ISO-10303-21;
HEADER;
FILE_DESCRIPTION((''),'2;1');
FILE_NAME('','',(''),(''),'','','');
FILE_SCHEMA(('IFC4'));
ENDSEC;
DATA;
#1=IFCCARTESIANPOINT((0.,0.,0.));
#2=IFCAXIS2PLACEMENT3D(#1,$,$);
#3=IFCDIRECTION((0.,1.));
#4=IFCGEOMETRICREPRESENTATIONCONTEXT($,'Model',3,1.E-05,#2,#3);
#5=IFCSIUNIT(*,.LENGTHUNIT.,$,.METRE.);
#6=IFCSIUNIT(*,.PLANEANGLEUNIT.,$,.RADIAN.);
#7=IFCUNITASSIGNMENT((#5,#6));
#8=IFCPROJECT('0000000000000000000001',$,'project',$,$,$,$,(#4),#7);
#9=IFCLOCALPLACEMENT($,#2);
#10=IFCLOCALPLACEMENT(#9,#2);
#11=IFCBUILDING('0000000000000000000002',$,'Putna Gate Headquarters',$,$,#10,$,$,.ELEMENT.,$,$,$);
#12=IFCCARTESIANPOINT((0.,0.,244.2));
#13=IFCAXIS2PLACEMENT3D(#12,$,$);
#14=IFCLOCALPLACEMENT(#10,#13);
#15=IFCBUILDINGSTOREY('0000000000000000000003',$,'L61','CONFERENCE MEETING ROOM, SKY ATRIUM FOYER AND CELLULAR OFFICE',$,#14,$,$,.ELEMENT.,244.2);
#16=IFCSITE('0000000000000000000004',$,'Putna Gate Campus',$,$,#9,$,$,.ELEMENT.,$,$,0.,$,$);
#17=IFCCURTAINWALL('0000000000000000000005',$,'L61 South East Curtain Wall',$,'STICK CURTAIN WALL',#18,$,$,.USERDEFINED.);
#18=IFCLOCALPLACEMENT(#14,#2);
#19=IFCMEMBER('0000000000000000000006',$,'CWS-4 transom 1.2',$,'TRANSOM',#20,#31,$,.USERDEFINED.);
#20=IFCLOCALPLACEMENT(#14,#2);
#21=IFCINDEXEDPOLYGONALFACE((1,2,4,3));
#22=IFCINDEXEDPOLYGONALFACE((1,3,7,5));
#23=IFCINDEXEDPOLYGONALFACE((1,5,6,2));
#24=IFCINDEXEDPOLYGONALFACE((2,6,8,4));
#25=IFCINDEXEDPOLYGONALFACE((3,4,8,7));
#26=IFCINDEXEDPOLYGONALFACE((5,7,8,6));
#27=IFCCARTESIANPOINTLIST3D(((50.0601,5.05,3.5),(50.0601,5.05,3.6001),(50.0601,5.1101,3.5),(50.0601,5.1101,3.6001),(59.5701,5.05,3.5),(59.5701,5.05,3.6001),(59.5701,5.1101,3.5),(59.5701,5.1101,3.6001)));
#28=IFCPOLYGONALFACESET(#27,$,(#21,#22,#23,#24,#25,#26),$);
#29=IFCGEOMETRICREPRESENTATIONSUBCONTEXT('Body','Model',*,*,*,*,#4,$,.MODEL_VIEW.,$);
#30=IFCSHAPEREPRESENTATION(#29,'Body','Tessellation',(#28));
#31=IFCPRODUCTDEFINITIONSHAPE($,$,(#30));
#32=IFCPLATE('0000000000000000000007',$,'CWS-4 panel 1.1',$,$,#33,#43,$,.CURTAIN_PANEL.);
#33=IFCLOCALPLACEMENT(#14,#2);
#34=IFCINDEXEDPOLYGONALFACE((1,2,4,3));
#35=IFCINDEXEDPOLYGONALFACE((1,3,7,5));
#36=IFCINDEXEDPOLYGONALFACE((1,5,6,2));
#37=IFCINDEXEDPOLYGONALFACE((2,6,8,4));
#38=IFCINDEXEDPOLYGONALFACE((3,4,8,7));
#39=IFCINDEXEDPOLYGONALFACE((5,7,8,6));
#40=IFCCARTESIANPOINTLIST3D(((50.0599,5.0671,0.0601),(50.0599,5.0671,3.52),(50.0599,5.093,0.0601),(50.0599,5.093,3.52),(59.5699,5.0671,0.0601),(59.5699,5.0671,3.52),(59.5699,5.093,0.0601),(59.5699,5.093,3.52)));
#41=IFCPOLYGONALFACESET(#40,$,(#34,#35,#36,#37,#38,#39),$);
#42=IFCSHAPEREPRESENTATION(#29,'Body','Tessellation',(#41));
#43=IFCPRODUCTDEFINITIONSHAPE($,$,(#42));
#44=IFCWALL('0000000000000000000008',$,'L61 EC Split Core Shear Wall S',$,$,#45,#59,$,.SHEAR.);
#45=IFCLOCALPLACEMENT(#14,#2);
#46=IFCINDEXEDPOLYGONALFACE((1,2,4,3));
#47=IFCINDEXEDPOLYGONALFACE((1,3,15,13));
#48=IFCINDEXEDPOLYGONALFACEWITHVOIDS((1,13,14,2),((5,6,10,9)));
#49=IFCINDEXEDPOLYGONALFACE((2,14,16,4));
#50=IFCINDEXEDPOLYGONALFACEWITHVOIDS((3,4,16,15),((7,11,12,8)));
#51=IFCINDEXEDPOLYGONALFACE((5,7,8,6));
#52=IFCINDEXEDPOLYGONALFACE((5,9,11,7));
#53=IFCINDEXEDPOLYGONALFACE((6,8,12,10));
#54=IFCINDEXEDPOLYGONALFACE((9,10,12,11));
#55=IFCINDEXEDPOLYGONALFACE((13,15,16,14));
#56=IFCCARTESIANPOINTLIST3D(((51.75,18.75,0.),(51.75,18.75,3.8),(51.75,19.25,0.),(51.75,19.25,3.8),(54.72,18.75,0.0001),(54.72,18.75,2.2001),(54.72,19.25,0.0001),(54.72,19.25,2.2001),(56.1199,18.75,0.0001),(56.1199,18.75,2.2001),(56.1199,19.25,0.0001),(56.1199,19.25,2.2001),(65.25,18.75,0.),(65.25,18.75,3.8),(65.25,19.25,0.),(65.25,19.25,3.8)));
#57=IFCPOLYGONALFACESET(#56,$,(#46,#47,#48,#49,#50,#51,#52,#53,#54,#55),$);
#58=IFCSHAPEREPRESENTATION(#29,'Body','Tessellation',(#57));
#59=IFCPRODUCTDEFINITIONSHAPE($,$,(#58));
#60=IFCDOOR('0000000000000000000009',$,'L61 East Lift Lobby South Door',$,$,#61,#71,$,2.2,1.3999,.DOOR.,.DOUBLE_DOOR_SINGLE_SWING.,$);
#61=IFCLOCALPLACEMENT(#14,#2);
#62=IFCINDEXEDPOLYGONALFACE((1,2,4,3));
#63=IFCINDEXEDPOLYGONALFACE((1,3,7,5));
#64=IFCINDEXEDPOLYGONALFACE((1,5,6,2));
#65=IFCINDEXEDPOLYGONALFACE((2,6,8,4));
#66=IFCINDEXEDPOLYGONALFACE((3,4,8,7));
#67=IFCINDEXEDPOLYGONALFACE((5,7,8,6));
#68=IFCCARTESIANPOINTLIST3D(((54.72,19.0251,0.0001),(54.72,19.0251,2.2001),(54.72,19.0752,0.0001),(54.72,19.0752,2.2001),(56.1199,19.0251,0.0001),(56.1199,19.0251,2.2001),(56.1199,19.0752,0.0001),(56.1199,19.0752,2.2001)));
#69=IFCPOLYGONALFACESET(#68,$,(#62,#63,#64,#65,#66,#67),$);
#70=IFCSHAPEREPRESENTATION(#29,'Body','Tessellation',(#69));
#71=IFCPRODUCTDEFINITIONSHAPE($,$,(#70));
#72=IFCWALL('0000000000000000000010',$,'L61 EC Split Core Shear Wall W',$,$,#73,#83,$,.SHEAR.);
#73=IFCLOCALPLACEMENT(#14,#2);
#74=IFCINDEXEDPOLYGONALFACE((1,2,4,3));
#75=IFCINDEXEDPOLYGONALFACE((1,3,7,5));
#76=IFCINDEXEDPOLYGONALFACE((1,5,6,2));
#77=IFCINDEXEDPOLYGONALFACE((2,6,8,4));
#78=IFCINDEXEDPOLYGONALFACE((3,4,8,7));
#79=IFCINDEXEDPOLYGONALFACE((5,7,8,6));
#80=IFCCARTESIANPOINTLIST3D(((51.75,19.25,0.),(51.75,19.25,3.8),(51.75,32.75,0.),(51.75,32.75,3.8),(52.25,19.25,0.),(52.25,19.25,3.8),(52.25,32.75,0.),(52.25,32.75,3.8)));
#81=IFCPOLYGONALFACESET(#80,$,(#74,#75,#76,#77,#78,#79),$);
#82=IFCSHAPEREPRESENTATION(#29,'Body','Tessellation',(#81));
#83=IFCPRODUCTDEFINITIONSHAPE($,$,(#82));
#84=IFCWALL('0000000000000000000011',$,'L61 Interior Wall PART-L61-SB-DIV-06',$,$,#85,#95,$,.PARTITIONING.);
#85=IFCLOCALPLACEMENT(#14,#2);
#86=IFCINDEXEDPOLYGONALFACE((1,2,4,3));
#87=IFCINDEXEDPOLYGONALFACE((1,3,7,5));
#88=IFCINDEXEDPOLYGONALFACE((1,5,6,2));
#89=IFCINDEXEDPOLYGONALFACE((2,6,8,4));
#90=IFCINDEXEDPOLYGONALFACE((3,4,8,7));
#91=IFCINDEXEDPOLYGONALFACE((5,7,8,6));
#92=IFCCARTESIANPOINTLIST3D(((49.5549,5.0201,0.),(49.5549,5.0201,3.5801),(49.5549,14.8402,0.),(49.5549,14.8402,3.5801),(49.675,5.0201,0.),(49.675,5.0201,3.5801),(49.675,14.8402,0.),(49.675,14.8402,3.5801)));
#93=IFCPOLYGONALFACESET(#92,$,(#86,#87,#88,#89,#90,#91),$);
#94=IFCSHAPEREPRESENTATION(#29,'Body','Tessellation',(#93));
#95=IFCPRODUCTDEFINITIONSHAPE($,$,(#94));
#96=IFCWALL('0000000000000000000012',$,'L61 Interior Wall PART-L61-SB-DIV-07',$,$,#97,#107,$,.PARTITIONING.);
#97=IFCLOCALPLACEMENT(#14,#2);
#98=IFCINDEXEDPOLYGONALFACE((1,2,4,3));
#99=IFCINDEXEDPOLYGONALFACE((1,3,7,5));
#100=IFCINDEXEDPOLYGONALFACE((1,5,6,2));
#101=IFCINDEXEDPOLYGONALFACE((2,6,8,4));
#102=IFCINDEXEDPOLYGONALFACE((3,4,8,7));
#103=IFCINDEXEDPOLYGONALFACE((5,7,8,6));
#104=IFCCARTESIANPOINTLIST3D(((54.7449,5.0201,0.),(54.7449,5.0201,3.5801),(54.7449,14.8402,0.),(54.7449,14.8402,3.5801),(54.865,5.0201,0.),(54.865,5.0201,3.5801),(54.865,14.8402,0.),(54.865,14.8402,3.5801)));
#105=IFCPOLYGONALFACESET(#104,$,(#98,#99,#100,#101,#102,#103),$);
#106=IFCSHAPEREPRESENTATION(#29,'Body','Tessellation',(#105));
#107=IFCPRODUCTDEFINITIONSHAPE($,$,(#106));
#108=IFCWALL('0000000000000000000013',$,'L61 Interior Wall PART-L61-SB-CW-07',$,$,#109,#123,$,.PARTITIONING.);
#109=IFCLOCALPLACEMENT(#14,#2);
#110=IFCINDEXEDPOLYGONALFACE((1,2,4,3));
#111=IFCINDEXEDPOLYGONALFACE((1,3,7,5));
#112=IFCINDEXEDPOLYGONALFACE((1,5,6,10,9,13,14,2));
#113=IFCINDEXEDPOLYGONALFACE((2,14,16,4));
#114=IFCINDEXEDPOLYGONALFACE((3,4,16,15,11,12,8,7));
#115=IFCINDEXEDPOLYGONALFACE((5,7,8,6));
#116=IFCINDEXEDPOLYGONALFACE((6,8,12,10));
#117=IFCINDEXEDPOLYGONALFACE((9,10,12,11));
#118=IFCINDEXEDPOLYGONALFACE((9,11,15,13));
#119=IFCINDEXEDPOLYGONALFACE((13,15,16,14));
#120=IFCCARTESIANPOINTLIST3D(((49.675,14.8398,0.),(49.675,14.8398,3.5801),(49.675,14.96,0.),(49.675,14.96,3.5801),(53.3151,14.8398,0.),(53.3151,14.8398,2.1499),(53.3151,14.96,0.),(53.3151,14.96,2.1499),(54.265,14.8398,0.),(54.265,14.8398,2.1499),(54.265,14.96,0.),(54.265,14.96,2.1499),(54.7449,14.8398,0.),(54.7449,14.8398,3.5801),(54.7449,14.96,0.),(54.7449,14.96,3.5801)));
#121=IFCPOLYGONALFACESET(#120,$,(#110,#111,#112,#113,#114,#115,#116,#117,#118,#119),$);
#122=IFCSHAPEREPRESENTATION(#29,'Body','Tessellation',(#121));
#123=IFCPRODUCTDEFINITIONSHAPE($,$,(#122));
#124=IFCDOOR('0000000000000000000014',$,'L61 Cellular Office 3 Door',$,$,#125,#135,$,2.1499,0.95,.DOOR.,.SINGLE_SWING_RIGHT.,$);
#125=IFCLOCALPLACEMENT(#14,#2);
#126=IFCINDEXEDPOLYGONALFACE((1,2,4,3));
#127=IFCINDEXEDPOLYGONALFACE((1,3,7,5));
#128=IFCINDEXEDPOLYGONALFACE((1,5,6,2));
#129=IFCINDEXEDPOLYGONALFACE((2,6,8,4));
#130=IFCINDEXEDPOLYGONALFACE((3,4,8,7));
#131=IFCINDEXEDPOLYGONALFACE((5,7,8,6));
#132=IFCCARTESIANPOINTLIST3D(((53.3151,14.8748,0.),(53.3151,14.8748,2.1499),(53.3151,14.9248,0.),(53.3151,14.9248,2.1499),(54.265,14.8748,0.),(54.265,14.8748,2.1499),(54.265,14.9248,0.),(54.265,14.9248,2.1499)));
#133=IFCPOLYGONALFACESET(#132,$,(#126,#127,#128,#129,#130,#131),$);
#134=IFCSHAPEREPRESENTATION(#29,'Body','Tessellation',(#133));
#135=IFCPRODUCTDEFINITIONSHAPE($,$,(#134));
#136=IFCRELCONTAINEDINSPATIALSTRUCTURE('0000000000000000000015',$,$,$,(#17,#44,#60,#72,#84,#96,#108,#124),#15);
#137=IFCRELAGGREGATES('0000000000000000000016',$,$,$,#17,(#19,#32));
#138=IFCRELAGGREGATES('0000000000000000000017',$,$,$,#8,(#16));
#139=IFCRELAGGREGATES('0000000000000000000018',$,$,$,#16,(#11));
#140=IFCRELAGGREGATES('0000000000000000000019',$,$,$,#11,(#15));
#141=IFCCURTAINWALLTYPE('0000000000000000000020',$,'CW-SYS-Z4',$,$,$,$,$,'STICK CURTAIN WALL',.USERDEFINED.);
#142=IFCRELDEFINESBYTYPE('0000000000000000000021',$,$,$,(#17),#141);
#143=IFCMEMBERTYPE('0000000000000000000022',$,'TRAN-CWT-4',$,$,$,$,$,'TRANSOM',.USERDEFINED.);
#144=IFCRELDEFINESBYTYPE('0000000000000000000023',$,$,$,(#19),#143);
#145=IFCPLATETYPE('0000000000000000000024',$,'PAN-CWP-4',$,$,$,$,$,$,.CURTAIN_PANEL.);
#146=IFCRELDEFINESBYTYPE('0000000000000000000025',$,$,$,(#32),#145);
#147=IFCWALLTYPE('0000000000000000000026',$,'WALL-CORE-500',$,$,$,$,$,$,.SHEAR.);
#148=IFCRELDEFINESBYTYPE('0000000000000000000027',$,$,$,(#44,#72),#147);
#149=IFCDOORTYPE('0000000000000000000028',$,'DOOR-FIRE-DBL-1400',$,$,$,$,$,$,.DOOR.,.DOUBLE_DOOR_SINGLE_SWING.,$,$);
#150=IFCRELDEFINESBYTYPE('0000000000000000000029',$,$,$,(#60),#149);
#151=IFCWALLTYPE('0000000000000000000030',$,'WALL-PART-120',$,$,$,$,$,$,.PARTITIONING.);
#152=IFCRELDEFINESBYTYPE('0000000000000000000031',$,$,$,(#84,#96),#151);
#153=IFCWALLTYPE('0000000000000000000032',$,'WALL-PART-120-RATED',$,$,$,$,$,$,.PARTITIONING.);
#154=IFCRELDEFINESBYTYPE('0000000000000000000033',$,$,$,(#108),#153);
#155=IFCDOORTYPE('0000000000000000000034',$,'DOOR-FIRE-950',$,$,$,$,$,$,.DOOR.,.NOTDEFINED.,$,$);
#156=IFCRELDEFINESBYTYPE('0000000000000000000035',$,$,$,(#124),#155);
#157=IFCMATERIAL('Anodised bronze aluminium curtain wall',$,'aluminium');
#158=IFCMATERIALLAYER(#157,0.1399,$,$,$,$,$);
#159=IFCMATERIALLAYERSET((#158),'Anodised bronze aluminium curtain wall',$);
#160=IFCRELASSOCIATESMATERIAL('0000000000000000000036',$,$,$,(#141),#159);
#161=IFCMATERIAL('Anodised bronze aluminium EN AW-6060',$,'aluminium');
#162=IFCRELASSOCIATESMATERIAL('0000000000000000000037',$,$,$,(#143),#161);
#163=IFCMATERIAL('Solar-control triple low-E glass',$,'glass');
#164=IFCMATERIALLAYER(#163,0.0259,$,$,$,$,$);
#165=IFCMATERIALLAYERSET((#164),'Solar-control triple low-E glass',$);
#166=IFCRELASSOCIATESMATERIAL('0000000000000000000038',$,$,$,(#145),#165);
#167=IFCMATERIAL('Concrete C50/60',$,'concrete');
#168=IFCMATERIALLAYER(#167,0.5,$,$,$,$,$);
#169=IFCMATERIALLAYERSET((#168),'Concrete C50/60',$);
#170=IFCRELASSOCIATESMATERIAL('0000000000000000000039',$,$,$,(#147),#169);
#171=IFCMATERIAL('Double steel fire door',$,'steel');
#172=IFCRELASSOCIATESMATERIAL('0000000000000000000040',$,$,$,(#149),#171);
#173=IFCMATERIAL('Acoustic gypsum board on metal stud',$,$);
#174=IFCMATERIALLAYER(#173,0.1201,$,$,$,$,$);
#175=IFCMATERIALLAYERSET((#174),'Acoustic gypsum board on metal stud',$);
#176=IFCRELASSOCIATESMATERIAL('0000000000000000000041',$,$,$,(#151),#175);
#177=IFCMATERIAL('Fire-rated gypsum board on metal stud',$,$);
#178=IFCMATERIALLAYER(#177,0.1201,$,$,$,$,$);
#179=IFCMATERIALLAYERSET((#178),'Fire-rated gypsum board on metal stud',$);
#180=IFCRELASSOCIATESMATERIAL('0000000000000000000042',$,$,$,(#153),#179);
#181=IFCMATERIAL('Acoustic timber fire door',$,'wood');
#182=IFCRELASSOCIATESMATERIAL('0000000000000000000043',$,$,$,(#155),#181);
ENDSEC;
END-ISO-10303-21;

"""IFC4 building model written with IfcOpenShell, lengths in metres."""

from ifc_helpers import new_model, si_unit, direction, frame, frame_2d, origin, origin_2d, place, context, subcontext, project, spatial, rectangle, extrude, material, layer, layer_set, material_profile, profile_set, type_object, element, fill, aggregate, save


model = new_model("IFC4")

# Units and contexts
model_context = context("Model", 3, precision=1e-05, world=origin(), true_north=direction((0.0, 1.0)))
body_context = subcontext(model_context, "Body", "Model", "MODEL_VIEW")
ifc_project = project(units=[si_unit("LENGTHUNIT", "METRE"), si_unit("PLANEANGLEUNIT", "RADIAN")], contexts=[model_context])

# Site, building, storey
site_placement = place(None, origin())
site = spatial("IfcSite", under=ifc_project, at=site_placement, Name="Putna Gate Campus", CompositionType="ELEMENT", RefElevation=0.0)
building_placement = place(site_placement, origin())
building = spatial("IfcBuilding", under=site, at=building_placement, Name="Putna Gate Headquarters", CompositionType="ELEMENT")
storey_placement = place(building_placement, frame((0.0, 0.0, 244.2)))
storey = spatial("IfcBuildingStorey", under=building, at=storey_placement, Name="L61", Description="CONFERENCE MEETING ROOM, SKY ATRIUM FOYER AND CELLULAR OFFICE", CompositionType="ELEMENT", Elevation=244.2)

# Curtain wall
ifc_material_1 = material(Name="Anodised bronze aluminium curtain wall", Category="aluminium")
ifc_layer_1 = layer(ifc_material_1, 0.1399)
ifc_layer_set_1 = layer_set([ifc_layer_1], Name="Anodised bronze aluminium curtain wall")
curtain_wall_type_1 = type_object("IfcCurtainWallType", Name="CW-SYS-Z4", ElementType="STICK CURTAIN WALL", PredefinedType="USERDEFINED", material=ifc_layer_set_1)
curtain_wall_1_placement = place(storey_placement, origin())
curtain_wall_1 = element("IfcCurtainWall", 1, at=curtain_wall_1_placement, inside=storey, type_object=curtain_wall_type_1, Name="L61 South East Curtain Wall", ObjectType="STICK CURTAIN WALL", PredefinedType="USERDEFINED")
ifc_material_2 = material(Name="Anodised bronze aluminium EN AW-6060", Category="aluminium")

# Member
ifc_material_profile_1 = material_profile(ifc_material_2, rectangle(XDim=0.0601, YDim=0.1001, at=origin_2d()), Name="Anodised bronze aluminium EN AW-6060")
ifc_profile_set_1 = profile_set([ifc_material_profile_1], Name="Anodised bronze aluminium EN AW-6060")
member_type_1 = type_object("IfcMemberType", Name="TRAN-CWT-4", ElementType="TRANSOM", PredefinedType="USERDEFINED", material=ifc_profile_set_1)
member_1_placement = place(storey_placement, frame((50.0601, 5.0801, 3.55), z_axis=(1.0, 0.0, 0.0), x_axis=(0.0, 1.0, 0.0)))
member_1 = element("IfcMember", 2, at=member_1_placement, type_object=member_type_1, Name="CWS-4 transom 1.2", ObjectType="TRANSOM", PredefinedType="USERDEFINED", context=body_context, shape_type="SweptSolid", body=[
    extrude(rectangle(XDim=0.0601, YDim=0.1001, at=origin_2d()), origin(), (0.0, 0.0, 1.0), 9.51),
])

# Plate
ifc_material_3 = material(Name="Solar-control triple low-E glass", Category="glass")
ifc_layer_2 = layer(ifc_material_3, 0.0259)
ifc_layer_set_2 = layer_set([ifc_layer_2], Name="Solar-control triple low-E glass")
plate_type = type_object("IfcPlateType", Name="PAN-CWP-4", PredefinedType="CURTAIN_PANEL", material=ifc_layer_set_2)
plate_placement = place(storey_placement, frame((54.8149, 5.0801, 0.0601), z_axis=(0.0, 0.0, 1.0), x_axis=(1.0, 0.0, 0.0)))
plate = element("IfcPlate", 3, at=plate_placement, type_object=plate_type, Name="CWS-4 panel 1.1", PredefinedType="CURTAIN_PANEL", context=body_context, shape_type="SweptSolid", body=[
    extrude(rectangle(XDim=9.51, YDim=0.0259, at=origin_2d()), origin(), (0.0, 0.0, 1.0), 3.46),
])
aggregate(curtain_wall_1, [member_1, plate])

# Wall, opening, door
ifc_material_4 = material(Name="Concrete C50/60", Category="concrete")
ifc_layer_3 = layer(ifc_material_4, 0.5)
ifc_layer_set_3 = layer_set([ifc_layer_3], Name="Concrete C50/60")
wall_type_1 = type_object("IfcWallType", Name="WALL-CORE-500", PredefinedType="SHEAR", material=ifc_layer_set_3)
wall_1_placement = place(storey_placement, frame((51.75, 19.0, 0.0), z_axis=(0.0, 0.0, 1.0), x_axis=(1.0, 0.0, 0.0)))
wall_1 = element("IfcWall", 4, at=wall_1_placement, inside=storey, type_object=wall_type_1, Name="L61 EC Split Core Shear Wall S", PredefinedType="SHEAR", context=body_context, shape_type="SweptSolid", body=[
    extrude(rectangle(XDim=13.5, YDim=0.5, at=frame_2d((6.75, 0.0))), origin(), (0.0, 0.0, 1.0), 3.8),
])
opening_1_placement = place(wall_1_placement, frame((2.97, 0.0, 0.0)))
opening_1 = element("IfcOpeningElement", 5, at=opening_1_placement, cuts=wall_1, PredefinedType="OPENING", context=body_context, shape_type="SweptSolid", body=[
    extrude(rectangle(XDim=1.3999, YDim=2.2, at=frame_2d((0.7, 1.1001))), frame((0.0, 0.26, 0.0), z_axis=(0.0, -1.0, 0.0), x_axis=(1.0, 0.0, 0.0)), (0.0, 0.0, 1.0), 0.52),
])
ifc_material_5 = material(Name="Double steel fire door", Category="steel")
door_type_1 = type_object("IfcDoorType", Name="DOOR-FIRE-DBL-1400", OperationType="DOUBLE_DOOR_SINGLE_SWING", PredefinedType="DOOR", material=ifc_material_5)
door_1_placement = place(opening_1_placement, origin())
door_1 = element("IfcDoor", 6, at=door_1_placement, inside=storey, type_object=door_type_1, Name="L61 East Lift Lobby South Door", OperationType="DOUBLE_DOOR_SINGLE_SWING", OverallHeight=2.2, OverallWidth=1.3999, PredefinedType="DOOR", context=body_context, shape_type="SweptSolid", body=[
    extrude(rectangle(XDim=1.3999, YDim=2.2, at=frame_2d((0.7, 1.1001))), frame((0.0, 0.0752, 0.0), z_axis=(0.0, -1.0, 0.0), x_axis=(1.0, 0.0, 0.0)), (0.0, 0.0, 1.0), 0.05),
])
fill(opening_1, door_1)

# Walls
wall_2_placement = place(storey_placement, frame((52.0, 19.25, 0.0), z_axis=(0.0, 0.0, 1.0), x_axis=(0.0, 1.0, 0.0)))
element("IfcWall", 7, at=wall_2_placement, inside=storey, type_object=wall_type_1, Name="L61 EC Split Core Shear Wall W", PredefinedType="SHEAR", context=body_context, shape_type="SweptSolid", body=[
    extrude(rectangle(XDim=13.5, YDim=0.5, at=frame_2d((6.75, 0.0))), origin(), (0.0, 0.0, 1.0), 3.8),
])
ifc_material_6 = material(Name="Acoustic gypsum board on metal stud")
ifc_layer_4 = layer(ifc_material_6, 0.1201)
ifc_layer_set_4 = layer_set([ifc_layer_4], Name="Acoustic gypsum board on metal stud")
wall_type_2 = type_object("IfcWallType", Name="WALL-PART-120", PredefinedType="PARTITIONING", material=ifc_layer_set_4)
for number, where, z_axis, x_axis, name in (
    (8, (49.615, 5.02, 0.0), (0.0, 0.0, 1.0), (0.0, 1.0, 0.0), "L61 Interior Wall PART-L61-SB-DIV-06"),
    (9, (54.8049, 5.02, 0.0), (0.0, 0.0, 1.0), (0.0, 1.0, 0.0), "L61 Interior Wall PART-L61-SB-DIV-07"),
):
    element("IfcWall", number, at=place(storey_placement, frame(where, z_axis=z_axis, x_axis=x_axis)), inside=storey, type_object=wall_type_2, Name=name, PredefinedType="PARTITIONING", context=body_context, shape_type="SweptSolid", body=[
        extrude(rectangle(XDim=9.8201, YDim=0.1201, at=frame_2d((4.9102, 0.0))), origin(), (0.0, 0.0, 1.0), 3.5801),
    ])

# Wall, opening, door
ifc_material_7 = material(Name="Fire-rated gypsum board on metal stud")
ifc_layer_5 = layer(ifc_material_7, 0.1201)
ifc_layer_set_5 = layer_set([ifc_layer_5], Name="Fire-rated gypsum board on metal stud")
wall_type_3 = type_object("IfcWallType", Name="WALL-PART-120-RATED", PredefinedType="PARTITIONING", material=ifc_layer_set_5)
wall_3_placement = place(storey_placement, frame((49.675, 14.8999, 0.0), z_axis=(0.0, 0.0, 1.0), x_axis=(1.0, 0.0, 0.0)))
wall_3 = element("IfcWall", 10, at=wall_3_placement, inside=storey, type_object=wall_type_3, Name="L61 Interior Wall PART-L61-SB-CW-07", PredefinedType="PARTITIONING", context=body_context, shape_type="SweptSolid", body=[
    extrude(rectangle(XDim=5.0698, YDim=0.1201, at=frame_2d((2.5349, 0.0))), origin(), (0.0, 0.0, 1.0), 3.5801),
])
opening_2_placement = place(wall_3_placement, frame((3.6399, 0.0, 0.0)))
opening_2 = element("IfcOpeningElement", 11, at=opening_2_placement, cuts=wall_3, PredefinedType="OPENING", context=body_context, shape_type="SweptSolid", body=[
    extrude(rectangle(XDim=0.95, YDim=2.1499, at=frame_2d((0.4751, 1.075))), frame((0.0, 0.0701, 0.0), z_axis=(0.0, -1.0, 0.0), x_axis=(1.0, 0.0, 0.0)), (0.0, 0.0, 1.0), 0.1401),
])
ifc_material_8 = material(Name="Acoustic timber fire door", Category="wood")
door_type_2 = type_object("IfcDoorType", Name="DOOR-FIRE-950", OperationType="NOTDEFINED", PredefinedType="DOOR", material=ifc_material_8)
door_2_placement = place(opening_2_placement, origin())
door_2 = element("IfcDoor", 12, at=door_2_placement, inside=storey, type_object=door_type_2, Name="L61 Cellular Office 3 Door", OperationType="SINGLE_SWING_RIGHT", OverallHeight=2.1499, OverallWidth=0.95, PredefinedType="DOOR", context=body_context, shape_type="SweptSolid", body=[
    extrude(rectangle(XDim=0.95, YDim=2.1499, at=frame_2d((0.4751, 1.075))), frame((0.0, 0.0249, 0.0), z_axis=(0.0, -1.0, 0.0), x_axis=(1.0, 0.0, 0.0)), (0.0, 0.0, 1.0), 0.05),
])
fill(opening_2, door_2)

save(model, "model.ifc")
